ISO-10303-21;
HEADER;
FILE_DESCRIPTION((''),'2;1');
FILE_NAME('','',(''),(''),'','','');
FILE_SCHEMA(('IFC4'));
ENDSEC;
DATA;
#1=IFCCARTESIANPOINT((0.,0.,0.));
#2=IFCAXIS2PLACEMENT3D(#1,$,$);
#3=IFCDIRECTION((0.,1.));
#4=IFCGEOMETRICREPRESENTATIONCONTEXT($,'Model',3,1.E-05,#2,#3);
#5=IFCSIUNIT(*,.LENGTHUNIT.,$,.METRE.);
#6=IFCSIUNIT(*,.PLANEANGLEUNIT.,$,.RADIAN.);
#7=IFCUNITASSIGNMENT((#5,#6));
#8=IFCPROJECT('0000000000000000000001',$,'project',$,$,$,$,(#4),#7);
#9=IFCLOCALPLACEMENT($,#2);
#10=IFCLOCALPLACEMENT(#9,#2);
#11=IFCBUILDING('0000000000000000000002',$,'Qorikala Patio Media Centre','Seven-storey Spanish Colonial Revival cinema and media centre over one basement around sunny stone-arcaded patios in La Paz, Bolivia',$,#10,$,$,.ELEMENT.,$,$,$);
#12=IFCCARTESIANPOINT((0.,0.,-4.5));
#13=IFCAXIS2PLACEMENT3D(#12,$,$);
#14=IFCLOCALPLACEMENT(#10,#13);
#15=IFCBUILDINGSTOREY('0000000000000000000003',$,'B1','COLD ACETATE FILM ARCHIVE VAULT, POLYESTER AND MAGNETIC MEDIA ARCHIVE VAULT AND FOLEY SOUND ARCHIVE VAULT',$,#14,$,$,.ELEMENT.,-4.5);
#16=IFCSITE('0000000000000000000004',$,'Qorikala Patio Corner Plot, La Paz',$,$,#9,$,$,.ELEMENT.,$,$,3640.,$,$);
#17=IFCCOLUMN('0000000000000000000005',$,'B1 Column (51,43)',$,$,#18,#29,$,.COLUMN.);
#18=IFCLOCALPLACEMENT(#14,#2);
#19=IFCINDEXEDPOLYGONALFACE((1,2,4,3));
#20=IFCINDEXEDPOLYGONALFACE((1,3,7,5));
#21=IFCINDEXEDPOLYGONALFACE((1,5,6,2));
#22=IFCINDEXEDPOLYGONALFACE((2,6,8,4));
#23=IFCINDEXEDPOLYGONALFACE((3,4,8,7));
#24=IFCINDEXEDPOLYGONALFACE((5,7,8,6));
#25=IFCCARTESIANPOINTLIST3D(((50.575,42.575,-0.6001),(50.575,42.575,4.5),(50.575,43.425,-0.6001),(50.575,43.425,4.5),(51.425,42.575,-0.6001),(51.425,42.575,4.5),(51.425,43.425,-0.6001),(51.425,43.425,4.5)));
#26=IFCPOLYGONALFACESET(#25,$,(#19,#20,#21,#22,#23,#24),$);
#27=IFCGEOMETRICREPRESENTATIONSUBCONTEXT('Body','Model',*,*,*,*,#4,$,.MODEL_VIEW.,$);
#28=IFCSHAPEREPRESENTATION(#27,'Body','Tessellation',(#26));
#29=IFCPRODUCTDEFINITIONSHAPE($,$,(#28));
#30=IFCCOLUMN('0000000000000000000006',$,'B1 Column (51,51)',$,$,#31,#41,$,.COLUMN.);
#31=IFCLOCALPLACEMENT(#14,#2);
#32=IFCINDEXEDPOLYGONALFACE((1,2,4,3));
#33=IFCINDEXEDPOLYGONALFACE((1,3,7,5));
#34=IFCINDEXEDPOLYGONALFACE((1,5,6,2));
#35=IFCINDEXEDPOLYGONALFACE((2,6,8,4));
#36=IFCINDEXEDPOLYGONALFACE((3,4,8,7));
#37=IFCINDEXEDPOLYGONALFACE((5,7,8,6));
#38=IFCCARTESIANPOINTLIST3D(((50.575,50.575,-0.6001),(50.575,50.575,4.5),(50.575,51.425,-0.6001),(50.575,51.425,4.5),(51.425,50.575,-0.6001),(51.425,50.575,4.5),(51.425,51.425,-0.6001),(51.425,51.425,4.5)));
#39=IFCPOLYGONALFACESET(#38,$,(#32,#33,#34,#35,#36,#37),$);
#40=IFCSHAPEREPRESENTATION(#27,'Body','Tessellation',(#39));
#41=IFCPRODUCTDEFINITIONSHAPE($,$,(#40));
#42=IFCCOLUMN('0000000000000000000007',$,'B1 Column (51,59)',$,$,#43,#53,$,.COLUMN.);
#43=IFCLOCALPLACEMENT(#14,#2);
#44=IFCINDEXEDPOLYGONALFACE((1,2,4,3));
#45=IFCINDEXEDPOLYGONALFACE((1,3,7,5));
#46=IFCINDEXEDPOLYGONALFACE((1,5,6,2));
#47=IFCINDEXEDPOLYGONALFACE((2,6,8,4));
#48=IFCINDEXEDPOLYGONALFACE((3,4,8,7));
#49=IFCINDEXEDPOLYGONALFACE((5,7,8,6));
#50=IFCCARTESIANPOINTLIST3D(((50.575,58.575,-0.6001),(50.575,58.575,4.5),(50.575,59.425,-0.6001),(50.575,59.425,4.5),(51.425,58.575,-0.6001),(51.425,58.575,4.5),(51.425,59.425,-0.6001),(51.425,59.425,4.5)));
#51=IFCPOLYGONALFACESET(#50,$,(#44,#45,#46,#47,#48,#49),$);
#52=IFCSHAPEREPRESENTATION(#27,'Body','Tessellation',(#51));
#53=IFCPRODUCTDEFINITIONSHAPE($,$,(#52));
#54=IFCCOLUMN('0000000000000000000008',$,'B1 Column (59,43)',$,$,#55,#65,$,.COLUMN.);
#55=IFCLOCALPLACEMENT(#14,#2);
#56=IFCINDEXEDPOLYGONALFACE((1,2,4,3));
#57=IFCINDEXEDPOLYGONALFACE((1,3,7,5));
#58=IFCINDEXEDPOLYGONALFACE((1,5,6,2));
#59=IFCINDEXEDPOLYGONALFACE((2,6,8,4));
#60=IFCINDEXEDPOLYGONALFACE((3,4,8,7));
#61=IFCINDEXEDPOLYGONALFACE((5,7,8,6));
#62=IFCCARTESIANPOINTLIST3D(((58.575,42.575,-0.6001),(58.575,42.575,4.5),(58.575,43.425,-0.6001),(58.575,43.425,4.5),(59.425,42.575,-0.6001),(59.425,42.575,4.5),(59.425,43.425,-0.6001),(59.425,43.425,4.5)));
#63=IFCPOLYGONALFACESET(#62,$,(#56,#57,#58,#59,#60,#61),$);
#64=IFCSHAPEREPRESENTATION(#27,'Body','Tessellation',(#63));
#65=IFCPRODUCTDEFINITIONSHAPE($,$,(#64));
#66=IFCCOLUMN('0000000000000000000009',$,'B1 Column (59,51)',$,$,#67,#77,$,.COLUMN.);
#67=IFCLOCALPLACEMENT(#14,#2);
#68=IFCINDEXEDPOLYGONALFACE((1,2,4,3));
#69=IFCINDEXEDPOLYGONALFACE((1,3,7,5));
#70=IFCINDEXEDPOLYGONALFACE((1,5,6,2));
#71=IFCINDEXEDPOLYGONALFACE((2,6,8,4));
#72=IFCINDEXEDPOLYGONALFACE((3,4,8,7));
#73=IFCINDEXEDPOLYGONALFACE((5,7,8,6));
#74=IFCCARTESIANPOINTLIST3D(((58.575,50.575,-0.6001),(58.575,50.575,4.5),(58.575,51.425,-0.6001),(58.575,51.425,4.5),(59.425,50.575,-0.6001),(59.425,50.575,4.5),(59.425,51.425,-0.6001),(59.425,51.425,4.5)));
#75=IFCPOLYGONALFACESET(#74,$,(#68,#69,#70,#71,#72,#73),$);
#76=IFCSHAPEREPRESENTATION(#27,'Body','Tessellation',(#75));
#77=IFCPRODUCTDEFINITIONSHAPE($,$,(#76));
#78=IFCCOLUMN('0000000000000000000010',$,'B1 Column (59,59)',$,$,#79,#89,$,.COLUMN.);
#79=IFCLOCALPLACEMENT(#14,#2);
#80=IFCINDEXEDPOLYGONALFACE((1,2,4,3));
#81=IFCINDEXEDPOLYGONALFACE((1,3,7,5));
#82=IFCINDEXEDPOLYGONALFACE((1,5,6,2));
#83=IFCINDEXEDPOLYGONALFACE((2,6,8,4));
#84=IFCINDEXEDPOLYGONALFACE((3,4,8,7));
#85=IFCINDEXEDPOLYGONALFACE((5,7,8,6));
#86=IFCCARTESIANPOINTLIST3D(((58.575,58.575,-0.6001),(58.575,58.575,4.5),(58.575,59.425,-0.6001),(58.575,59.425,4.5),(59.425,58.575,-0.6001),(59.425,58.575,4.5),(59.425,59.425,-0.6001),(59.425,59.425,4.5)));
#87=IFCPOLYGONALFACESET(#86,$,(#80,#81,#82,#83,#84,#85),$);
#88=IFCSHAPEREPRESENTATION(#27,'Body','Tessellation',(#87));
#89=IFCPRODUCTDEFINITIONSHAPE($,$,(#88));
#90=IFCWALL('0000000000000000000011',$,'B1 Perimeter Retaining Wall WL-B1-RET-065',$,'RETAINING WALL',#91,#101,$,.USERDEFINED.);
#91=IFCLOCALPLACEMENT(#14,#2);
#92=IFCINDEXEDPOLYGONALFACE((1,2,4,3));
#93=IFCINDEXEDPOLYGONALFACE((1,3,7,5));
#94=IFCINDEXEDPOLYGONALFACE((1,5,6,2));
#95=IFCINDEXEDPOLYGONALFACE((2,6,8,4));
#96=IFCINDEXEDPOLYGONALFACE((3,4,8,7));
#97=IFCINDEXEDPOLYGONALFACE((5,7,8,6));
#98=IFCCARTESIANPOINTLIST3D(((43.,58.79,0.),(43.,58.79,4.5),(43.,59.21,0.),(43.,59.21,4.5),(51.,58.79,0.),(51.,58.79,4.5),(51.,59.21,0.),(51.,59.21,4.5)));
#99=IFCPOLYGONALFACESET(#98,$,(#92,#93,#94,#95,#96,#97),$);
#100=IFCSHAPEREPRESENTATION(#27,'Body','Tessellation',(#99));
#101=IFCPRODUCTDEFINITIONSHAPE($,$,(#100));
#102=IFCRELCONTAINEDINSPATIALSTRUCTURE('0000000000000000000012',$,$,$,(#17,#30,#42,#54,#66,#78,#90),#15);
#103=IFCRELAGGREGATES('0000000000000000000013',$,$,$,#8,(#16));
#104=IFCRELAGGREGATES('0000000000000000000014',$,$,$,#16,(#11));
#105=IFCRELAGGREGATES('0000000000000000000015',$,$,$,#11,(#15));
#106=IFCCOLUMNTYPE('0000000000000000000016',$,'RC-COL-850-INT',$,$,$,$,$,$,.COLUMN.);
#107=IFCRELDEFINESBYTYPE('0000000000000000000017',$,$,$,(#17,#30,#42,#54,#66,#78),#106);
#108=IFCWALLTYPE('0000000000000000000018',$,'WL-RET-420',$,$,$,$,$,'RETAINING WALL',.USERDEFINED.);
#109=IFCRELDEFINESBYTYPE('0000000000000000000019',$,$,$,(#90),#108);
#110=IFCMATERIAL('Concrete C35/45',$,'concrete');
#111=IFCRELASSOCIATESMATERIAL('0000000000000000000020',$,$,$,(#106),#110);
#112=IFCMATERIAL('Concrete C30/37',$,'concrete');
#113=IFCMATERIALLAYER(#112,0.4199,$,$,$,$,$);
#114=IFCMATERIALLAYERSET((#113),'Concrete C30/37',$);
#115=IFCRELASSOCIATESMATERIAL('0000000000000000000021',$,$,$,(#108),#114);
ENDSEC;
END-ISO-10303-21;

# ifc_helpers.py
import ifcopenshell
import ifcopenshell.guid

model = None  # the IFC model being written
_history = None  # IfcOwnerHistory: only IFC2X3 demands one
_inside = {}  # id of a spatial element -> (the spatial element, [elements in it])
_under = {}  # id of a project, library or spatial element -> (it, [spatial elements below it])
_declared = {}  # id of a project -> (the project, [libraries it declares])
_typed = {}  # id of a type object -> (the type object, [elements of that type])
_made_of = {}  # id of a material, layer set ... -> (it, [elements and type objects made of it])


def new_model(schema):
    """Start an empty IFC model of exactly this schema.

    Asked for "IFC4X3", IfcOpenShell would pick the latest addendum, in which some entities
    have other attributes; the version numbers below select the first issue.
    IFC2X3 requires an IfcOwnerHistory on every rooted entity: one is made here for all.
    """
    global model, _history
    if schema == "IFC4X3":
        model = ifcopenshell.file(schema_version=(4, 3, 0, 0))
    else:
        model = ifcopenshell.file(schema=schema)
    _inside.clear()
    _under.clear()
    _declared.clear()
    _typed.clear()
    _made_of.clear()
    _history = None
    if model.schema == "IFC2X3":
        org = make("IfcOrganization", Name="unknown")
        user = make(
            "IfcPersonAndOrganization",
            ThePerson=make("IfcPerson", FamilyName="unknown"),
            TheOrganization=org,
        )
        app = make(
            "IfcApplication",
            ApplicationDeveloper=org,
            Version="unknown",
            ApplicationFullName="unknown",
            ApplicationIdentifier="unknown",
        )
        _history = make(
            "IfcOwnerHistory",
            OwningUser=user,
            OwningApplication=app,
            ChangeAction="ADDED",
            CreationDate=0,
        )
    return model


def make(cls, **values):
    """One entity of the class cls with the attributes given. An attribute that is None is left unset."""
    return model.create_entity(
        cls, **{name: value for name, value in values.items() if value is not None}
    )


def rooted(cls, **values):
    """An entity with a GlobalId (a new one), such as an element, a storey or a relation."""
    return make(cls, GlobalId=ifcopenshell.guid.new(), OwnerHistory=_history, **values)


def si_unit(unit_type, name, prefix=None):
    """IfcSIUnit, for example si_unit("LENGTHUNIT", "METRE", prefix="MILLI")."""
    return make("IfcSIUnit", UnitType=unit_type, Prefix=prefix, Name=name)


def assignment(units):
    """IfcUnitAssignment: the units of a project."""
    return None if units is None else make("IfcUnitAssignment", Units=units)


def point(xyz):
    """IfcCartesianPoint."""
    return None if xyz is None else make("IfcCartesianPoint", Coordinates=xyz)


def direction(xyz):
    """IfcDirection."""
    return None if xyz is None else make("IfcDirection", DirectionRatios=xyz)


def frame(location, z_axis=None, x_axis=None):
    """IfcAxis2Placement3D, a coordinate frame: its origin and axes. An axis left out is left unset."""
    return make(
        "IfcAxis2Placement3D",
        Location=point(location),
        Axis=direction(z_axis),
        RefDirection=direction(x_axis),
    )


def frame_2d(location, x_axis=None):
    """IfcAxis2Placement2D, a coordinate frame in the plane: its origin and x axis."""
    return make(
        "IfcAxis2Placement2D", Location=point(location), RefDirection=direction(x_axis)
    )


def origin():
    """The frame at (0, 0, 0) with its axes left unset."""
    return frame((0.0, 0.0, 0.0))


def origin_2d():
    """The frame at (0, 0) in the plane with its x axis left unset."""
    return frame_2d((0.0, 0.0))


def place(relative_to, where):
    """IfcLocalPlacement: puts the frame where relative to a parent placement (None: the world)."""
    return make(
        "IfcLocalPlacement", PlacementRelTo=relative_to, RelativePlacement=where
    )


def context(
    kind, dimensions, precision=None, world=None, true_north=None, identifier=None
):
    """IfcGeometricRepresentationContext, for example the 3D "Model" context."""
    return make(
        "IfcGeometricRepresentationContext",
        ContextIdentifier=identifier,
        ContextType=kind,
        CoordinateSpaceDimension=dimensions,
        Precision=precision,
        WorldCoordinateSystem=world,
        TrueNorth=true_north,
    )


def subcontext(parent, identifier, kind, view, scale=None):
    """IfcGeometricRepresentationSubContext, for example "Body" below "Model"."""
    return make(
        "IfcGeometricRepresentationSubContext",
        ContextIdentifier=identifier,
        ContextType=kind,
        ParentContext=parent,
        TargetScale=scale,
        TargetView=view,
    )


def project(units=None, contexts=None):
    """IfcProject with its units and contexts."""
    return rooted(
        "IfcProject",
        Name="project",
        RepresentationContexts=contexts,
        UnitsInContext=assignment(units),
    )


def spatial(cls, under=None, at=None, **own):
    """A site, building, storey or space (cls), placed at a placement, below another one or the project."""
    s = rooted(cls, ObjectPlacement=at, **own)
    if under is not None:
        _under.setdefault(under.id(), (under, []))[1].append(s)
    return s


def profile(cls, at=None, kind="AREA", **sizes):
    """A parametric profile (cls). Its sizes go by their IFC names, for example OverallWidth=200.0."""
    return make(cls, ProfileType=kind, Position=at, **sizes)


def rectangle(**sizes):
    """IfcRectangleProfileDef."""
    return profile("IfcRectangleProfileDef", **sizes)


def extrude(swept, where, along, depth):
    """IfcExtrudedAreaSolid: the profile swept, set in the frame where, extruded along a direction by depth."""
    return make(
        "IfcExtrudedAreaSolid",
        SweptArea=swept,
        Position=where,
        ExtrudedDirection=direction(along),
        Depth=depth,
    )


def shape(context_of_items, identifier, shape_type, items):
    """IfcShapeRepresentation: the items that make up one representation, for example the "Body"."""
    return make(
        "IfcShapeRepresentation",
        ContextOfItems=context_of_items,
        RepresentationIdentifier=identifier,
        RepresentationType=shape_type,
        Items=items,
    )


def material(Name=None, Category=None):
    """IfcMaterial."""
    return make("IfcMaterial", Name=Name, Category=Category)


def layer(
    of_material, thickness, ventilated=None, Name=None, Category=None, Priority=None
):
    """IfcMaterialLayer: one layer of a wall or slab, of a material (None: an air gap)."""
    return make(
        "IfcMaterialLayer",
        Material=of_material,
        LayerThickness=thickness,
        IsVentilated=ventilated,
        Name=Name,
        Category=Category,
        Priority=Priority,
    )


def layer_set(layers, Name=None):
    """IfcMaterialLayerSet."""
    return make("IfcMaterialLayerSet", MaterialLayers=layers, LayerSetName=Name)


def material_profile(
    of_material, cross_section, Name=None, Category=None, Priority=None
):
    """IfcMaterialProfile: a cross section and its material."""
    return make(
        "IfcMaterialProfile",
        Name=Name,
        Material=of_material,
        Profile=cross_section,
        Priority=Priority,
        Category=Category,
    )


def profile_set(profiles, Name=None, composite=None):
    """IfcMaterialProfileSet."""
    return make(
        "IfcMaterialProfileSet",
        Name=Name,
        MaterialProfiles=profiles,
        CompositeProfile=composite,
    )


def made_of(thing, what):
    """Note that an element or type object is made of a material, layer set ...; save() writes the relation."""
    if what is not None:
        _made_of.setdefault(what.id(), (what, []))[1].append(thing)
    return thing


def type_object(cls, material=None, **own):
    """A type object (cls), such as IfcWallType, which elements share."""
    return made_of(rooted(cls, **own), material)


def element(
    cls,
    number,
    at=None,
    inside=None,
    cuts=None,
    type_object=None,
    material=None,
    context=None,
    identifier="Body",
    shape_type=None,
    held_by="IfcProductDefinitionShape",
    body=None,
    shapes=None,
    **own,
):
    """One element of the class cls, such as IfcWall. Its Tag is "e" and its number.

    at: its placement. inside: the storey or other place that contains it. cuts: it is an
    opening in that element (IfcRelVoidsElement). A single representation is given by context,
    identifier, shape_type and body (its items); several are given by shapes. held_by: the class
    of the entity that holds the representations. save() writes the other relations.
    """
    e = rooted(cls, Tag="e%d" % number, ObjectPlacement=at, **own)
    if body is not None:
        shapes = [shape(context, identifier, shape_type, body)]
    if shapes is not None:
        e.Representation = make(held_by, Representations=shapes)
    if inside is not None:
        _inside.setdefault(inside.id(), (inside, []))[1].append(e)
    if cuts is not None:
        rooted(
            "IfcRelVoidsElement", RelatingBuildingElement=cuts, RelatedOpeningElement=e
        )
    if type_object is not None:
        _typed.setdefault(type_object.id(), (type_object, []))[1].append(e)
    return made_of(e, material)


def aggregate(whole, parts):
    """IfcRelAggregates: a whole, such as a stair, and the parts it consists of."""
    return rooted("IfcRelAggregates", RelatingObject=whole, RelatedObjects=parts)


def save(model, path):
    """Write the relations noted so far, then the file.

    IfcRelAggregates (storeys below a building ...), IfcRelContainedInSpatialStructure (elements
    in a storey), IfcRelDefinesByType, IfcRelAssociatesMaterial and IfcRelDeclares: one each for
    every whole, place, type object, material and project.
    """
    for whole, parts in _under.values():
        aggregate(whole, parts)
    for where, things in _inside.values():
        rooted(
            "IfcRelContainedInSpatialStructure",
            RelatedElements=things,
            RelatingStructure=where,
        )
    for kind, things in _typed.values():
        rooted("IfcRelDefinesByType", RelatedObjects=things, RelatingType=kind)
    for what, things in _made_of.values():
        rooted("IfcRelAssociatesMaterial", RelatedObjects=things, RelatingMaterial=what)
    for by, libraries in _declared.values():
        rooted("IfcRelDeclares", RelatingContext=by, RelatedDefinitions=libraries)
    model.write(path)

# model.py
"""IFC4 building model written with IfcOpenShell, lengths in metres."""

from ifc_helpers import new_model, si_unit, direction, frame, frame_2d, origin, origin_2d, place, context, subcontext, project, spatial, rectangle, extrude, material, layer, layer_set, material_profile, profile_set, type_object, element, save


model = new_model("IFC4")

# Units and contexts
model_context = context("Model", 3, precision=1e-05, world=origin(), true_north=direction((0.0, 1.0)))
body_context = subcontext(model_context, "Body", "Model", "MODEL_VIEW")
ifc_project = project(units=[si_unit("LENGTHUNIT", "METRE"), si_unit("PLANEANGLEUNIT", "RADIAN")], contexts=[model_context])

# Site, building, storey
site_placement = place(None, origin())
site = spatial("IfcSite", under=ifc_project, at=site_placement, Name="Qorikala Patio Corner Plot, La Paz", CompositionType="ELEMENT", RefElevation=3640.0)
building_placement = place(site_placement, origin())
building = spatial("IfcBuilding", under=site, at=building_placement, Name="Qorikala Patio Media Centre", Description="Seven-storey Spanish Colonial Revival cinema and media centre over one basement around sunny stone-arcaded patios in La Paz, Bolivia", CompositionType="ELEMENT")
storey_placement = place(building_placement, frame((0.0, 0.0, -4.5)))
storey = spatial("IfcBuildingStorey", under=building, at=storey_placement, Name="B1", Description="COLD ACETATE FILM ARCHIVE VAULT, POLYESTER AND MAGNETIC MEDIA ARCHIVE VAULT AND FOLEY SOUND ARCHIVE VAULT", CompositionType="ELEMENT", Elevation=-4.5)

# Shared definitions
ifc_material_1 = material(Name="Concrete C30/37", Category="concrete")

# Columns
ifc_material_2 = material(Name="Concrete C35/45", Category="concrete")
ifc_material_profile_1 = material_profile(ifc_material_2, rectangle(XDim=0.8501, YDim=0.8501, at=origin_2d()), Name="RC 850x850")
ifc_profile_set_1 = profile_set([ifc_material_profile_1], Name="Concrete C35/45")
column_type = type_object("IfcColumnType", Name="RC-COL-850-INT", PredefinedType="COLUMN", material=ifc_profile_set_1)
for number, where, z_axis, x_axis, name in (
    (1, (51.0, 43.0, -0.6001), (0.0, 0.0, 1.0), (1.0, 0.0, 0.0), "B1 Column (51,43)"),
    (2, (51.0, 51.0, -0.6001), (0.0, 0.0, 1.0), (1.0, 0.0, 0.0), "B1 Column (51,51)"),
    (3, (51.0, 59.0, -0.6001), (0.0, 0.0, 1.0), (1.0, 0.0, 0.0), "B1 Column (51,59)"),
    (4, (59.0, 43.0, -0.6001), (0.0, 0.0, 1.0), (1.0, 0.0, 0.0), "B1 Column (59,43)"),
    (5, (59.0, 51.0, -0.6001), (0.0, 0.0, 1.0), (1.0, 0.0, 0.0), "B1 Column (59,51)"),
    (6, (59.0, 59.0, -0.6001), (0.0, 0.0, 1.0), (1.0, 0.0, 0.0), "B1 Column (59,59)"),
):
    element("IfcColumn", number, at=place(storey_placement, frame(where, z_axis=z_axis, x_axis=x_axis)), inside=storey, type_object=column_type, Name=name, PredefinedType="COLUMN", context=body_context, shape_type="SweptSolid", body=[
        extrude(rectangle(XDim=0.8501, YDim=0.8501, at=origin_2d()), origin(), (0.0, 0.0, 1.0), 5.1001),
    ])

# Wall
ifc_layer_1 = layer(ifc_material_1, 0.4199)
ifc_layer_set_1 = layer_set([ifc_layer_1], Name="Concrete C30/37")
wall_type = type_object("IfcWallType", Name="WL-RET-420", ElementType="RETAINING WALL", PredefinedType="USERDEFINED", material=ifc_layer_set_1)
wall_placement = place(storey_placement, frame((51.0, 59.0, 0.0), z_axis=(0.0, 0.0, 1.0), x_axis=(-1.0, 0.0, 0.0)))
element("IfcWall", 7, at=wall_placement, inside=storey, type_object=wall_type, Name="B1 Perimeter Retaining Wall WL-B1-RET-065", ObjectType="RETAINING WALL", PredefinedType="USERDEFINED", context=body_context, shape_type="SweptSolid", body=[
    extrude(rectangle(XDim=8.0, YDim=0.4199, at=frame_2d((4.0, 0.0))), origin(), (0.0, 0.0, 1.0), 4.5),
])

save(model, "model.ifc")
